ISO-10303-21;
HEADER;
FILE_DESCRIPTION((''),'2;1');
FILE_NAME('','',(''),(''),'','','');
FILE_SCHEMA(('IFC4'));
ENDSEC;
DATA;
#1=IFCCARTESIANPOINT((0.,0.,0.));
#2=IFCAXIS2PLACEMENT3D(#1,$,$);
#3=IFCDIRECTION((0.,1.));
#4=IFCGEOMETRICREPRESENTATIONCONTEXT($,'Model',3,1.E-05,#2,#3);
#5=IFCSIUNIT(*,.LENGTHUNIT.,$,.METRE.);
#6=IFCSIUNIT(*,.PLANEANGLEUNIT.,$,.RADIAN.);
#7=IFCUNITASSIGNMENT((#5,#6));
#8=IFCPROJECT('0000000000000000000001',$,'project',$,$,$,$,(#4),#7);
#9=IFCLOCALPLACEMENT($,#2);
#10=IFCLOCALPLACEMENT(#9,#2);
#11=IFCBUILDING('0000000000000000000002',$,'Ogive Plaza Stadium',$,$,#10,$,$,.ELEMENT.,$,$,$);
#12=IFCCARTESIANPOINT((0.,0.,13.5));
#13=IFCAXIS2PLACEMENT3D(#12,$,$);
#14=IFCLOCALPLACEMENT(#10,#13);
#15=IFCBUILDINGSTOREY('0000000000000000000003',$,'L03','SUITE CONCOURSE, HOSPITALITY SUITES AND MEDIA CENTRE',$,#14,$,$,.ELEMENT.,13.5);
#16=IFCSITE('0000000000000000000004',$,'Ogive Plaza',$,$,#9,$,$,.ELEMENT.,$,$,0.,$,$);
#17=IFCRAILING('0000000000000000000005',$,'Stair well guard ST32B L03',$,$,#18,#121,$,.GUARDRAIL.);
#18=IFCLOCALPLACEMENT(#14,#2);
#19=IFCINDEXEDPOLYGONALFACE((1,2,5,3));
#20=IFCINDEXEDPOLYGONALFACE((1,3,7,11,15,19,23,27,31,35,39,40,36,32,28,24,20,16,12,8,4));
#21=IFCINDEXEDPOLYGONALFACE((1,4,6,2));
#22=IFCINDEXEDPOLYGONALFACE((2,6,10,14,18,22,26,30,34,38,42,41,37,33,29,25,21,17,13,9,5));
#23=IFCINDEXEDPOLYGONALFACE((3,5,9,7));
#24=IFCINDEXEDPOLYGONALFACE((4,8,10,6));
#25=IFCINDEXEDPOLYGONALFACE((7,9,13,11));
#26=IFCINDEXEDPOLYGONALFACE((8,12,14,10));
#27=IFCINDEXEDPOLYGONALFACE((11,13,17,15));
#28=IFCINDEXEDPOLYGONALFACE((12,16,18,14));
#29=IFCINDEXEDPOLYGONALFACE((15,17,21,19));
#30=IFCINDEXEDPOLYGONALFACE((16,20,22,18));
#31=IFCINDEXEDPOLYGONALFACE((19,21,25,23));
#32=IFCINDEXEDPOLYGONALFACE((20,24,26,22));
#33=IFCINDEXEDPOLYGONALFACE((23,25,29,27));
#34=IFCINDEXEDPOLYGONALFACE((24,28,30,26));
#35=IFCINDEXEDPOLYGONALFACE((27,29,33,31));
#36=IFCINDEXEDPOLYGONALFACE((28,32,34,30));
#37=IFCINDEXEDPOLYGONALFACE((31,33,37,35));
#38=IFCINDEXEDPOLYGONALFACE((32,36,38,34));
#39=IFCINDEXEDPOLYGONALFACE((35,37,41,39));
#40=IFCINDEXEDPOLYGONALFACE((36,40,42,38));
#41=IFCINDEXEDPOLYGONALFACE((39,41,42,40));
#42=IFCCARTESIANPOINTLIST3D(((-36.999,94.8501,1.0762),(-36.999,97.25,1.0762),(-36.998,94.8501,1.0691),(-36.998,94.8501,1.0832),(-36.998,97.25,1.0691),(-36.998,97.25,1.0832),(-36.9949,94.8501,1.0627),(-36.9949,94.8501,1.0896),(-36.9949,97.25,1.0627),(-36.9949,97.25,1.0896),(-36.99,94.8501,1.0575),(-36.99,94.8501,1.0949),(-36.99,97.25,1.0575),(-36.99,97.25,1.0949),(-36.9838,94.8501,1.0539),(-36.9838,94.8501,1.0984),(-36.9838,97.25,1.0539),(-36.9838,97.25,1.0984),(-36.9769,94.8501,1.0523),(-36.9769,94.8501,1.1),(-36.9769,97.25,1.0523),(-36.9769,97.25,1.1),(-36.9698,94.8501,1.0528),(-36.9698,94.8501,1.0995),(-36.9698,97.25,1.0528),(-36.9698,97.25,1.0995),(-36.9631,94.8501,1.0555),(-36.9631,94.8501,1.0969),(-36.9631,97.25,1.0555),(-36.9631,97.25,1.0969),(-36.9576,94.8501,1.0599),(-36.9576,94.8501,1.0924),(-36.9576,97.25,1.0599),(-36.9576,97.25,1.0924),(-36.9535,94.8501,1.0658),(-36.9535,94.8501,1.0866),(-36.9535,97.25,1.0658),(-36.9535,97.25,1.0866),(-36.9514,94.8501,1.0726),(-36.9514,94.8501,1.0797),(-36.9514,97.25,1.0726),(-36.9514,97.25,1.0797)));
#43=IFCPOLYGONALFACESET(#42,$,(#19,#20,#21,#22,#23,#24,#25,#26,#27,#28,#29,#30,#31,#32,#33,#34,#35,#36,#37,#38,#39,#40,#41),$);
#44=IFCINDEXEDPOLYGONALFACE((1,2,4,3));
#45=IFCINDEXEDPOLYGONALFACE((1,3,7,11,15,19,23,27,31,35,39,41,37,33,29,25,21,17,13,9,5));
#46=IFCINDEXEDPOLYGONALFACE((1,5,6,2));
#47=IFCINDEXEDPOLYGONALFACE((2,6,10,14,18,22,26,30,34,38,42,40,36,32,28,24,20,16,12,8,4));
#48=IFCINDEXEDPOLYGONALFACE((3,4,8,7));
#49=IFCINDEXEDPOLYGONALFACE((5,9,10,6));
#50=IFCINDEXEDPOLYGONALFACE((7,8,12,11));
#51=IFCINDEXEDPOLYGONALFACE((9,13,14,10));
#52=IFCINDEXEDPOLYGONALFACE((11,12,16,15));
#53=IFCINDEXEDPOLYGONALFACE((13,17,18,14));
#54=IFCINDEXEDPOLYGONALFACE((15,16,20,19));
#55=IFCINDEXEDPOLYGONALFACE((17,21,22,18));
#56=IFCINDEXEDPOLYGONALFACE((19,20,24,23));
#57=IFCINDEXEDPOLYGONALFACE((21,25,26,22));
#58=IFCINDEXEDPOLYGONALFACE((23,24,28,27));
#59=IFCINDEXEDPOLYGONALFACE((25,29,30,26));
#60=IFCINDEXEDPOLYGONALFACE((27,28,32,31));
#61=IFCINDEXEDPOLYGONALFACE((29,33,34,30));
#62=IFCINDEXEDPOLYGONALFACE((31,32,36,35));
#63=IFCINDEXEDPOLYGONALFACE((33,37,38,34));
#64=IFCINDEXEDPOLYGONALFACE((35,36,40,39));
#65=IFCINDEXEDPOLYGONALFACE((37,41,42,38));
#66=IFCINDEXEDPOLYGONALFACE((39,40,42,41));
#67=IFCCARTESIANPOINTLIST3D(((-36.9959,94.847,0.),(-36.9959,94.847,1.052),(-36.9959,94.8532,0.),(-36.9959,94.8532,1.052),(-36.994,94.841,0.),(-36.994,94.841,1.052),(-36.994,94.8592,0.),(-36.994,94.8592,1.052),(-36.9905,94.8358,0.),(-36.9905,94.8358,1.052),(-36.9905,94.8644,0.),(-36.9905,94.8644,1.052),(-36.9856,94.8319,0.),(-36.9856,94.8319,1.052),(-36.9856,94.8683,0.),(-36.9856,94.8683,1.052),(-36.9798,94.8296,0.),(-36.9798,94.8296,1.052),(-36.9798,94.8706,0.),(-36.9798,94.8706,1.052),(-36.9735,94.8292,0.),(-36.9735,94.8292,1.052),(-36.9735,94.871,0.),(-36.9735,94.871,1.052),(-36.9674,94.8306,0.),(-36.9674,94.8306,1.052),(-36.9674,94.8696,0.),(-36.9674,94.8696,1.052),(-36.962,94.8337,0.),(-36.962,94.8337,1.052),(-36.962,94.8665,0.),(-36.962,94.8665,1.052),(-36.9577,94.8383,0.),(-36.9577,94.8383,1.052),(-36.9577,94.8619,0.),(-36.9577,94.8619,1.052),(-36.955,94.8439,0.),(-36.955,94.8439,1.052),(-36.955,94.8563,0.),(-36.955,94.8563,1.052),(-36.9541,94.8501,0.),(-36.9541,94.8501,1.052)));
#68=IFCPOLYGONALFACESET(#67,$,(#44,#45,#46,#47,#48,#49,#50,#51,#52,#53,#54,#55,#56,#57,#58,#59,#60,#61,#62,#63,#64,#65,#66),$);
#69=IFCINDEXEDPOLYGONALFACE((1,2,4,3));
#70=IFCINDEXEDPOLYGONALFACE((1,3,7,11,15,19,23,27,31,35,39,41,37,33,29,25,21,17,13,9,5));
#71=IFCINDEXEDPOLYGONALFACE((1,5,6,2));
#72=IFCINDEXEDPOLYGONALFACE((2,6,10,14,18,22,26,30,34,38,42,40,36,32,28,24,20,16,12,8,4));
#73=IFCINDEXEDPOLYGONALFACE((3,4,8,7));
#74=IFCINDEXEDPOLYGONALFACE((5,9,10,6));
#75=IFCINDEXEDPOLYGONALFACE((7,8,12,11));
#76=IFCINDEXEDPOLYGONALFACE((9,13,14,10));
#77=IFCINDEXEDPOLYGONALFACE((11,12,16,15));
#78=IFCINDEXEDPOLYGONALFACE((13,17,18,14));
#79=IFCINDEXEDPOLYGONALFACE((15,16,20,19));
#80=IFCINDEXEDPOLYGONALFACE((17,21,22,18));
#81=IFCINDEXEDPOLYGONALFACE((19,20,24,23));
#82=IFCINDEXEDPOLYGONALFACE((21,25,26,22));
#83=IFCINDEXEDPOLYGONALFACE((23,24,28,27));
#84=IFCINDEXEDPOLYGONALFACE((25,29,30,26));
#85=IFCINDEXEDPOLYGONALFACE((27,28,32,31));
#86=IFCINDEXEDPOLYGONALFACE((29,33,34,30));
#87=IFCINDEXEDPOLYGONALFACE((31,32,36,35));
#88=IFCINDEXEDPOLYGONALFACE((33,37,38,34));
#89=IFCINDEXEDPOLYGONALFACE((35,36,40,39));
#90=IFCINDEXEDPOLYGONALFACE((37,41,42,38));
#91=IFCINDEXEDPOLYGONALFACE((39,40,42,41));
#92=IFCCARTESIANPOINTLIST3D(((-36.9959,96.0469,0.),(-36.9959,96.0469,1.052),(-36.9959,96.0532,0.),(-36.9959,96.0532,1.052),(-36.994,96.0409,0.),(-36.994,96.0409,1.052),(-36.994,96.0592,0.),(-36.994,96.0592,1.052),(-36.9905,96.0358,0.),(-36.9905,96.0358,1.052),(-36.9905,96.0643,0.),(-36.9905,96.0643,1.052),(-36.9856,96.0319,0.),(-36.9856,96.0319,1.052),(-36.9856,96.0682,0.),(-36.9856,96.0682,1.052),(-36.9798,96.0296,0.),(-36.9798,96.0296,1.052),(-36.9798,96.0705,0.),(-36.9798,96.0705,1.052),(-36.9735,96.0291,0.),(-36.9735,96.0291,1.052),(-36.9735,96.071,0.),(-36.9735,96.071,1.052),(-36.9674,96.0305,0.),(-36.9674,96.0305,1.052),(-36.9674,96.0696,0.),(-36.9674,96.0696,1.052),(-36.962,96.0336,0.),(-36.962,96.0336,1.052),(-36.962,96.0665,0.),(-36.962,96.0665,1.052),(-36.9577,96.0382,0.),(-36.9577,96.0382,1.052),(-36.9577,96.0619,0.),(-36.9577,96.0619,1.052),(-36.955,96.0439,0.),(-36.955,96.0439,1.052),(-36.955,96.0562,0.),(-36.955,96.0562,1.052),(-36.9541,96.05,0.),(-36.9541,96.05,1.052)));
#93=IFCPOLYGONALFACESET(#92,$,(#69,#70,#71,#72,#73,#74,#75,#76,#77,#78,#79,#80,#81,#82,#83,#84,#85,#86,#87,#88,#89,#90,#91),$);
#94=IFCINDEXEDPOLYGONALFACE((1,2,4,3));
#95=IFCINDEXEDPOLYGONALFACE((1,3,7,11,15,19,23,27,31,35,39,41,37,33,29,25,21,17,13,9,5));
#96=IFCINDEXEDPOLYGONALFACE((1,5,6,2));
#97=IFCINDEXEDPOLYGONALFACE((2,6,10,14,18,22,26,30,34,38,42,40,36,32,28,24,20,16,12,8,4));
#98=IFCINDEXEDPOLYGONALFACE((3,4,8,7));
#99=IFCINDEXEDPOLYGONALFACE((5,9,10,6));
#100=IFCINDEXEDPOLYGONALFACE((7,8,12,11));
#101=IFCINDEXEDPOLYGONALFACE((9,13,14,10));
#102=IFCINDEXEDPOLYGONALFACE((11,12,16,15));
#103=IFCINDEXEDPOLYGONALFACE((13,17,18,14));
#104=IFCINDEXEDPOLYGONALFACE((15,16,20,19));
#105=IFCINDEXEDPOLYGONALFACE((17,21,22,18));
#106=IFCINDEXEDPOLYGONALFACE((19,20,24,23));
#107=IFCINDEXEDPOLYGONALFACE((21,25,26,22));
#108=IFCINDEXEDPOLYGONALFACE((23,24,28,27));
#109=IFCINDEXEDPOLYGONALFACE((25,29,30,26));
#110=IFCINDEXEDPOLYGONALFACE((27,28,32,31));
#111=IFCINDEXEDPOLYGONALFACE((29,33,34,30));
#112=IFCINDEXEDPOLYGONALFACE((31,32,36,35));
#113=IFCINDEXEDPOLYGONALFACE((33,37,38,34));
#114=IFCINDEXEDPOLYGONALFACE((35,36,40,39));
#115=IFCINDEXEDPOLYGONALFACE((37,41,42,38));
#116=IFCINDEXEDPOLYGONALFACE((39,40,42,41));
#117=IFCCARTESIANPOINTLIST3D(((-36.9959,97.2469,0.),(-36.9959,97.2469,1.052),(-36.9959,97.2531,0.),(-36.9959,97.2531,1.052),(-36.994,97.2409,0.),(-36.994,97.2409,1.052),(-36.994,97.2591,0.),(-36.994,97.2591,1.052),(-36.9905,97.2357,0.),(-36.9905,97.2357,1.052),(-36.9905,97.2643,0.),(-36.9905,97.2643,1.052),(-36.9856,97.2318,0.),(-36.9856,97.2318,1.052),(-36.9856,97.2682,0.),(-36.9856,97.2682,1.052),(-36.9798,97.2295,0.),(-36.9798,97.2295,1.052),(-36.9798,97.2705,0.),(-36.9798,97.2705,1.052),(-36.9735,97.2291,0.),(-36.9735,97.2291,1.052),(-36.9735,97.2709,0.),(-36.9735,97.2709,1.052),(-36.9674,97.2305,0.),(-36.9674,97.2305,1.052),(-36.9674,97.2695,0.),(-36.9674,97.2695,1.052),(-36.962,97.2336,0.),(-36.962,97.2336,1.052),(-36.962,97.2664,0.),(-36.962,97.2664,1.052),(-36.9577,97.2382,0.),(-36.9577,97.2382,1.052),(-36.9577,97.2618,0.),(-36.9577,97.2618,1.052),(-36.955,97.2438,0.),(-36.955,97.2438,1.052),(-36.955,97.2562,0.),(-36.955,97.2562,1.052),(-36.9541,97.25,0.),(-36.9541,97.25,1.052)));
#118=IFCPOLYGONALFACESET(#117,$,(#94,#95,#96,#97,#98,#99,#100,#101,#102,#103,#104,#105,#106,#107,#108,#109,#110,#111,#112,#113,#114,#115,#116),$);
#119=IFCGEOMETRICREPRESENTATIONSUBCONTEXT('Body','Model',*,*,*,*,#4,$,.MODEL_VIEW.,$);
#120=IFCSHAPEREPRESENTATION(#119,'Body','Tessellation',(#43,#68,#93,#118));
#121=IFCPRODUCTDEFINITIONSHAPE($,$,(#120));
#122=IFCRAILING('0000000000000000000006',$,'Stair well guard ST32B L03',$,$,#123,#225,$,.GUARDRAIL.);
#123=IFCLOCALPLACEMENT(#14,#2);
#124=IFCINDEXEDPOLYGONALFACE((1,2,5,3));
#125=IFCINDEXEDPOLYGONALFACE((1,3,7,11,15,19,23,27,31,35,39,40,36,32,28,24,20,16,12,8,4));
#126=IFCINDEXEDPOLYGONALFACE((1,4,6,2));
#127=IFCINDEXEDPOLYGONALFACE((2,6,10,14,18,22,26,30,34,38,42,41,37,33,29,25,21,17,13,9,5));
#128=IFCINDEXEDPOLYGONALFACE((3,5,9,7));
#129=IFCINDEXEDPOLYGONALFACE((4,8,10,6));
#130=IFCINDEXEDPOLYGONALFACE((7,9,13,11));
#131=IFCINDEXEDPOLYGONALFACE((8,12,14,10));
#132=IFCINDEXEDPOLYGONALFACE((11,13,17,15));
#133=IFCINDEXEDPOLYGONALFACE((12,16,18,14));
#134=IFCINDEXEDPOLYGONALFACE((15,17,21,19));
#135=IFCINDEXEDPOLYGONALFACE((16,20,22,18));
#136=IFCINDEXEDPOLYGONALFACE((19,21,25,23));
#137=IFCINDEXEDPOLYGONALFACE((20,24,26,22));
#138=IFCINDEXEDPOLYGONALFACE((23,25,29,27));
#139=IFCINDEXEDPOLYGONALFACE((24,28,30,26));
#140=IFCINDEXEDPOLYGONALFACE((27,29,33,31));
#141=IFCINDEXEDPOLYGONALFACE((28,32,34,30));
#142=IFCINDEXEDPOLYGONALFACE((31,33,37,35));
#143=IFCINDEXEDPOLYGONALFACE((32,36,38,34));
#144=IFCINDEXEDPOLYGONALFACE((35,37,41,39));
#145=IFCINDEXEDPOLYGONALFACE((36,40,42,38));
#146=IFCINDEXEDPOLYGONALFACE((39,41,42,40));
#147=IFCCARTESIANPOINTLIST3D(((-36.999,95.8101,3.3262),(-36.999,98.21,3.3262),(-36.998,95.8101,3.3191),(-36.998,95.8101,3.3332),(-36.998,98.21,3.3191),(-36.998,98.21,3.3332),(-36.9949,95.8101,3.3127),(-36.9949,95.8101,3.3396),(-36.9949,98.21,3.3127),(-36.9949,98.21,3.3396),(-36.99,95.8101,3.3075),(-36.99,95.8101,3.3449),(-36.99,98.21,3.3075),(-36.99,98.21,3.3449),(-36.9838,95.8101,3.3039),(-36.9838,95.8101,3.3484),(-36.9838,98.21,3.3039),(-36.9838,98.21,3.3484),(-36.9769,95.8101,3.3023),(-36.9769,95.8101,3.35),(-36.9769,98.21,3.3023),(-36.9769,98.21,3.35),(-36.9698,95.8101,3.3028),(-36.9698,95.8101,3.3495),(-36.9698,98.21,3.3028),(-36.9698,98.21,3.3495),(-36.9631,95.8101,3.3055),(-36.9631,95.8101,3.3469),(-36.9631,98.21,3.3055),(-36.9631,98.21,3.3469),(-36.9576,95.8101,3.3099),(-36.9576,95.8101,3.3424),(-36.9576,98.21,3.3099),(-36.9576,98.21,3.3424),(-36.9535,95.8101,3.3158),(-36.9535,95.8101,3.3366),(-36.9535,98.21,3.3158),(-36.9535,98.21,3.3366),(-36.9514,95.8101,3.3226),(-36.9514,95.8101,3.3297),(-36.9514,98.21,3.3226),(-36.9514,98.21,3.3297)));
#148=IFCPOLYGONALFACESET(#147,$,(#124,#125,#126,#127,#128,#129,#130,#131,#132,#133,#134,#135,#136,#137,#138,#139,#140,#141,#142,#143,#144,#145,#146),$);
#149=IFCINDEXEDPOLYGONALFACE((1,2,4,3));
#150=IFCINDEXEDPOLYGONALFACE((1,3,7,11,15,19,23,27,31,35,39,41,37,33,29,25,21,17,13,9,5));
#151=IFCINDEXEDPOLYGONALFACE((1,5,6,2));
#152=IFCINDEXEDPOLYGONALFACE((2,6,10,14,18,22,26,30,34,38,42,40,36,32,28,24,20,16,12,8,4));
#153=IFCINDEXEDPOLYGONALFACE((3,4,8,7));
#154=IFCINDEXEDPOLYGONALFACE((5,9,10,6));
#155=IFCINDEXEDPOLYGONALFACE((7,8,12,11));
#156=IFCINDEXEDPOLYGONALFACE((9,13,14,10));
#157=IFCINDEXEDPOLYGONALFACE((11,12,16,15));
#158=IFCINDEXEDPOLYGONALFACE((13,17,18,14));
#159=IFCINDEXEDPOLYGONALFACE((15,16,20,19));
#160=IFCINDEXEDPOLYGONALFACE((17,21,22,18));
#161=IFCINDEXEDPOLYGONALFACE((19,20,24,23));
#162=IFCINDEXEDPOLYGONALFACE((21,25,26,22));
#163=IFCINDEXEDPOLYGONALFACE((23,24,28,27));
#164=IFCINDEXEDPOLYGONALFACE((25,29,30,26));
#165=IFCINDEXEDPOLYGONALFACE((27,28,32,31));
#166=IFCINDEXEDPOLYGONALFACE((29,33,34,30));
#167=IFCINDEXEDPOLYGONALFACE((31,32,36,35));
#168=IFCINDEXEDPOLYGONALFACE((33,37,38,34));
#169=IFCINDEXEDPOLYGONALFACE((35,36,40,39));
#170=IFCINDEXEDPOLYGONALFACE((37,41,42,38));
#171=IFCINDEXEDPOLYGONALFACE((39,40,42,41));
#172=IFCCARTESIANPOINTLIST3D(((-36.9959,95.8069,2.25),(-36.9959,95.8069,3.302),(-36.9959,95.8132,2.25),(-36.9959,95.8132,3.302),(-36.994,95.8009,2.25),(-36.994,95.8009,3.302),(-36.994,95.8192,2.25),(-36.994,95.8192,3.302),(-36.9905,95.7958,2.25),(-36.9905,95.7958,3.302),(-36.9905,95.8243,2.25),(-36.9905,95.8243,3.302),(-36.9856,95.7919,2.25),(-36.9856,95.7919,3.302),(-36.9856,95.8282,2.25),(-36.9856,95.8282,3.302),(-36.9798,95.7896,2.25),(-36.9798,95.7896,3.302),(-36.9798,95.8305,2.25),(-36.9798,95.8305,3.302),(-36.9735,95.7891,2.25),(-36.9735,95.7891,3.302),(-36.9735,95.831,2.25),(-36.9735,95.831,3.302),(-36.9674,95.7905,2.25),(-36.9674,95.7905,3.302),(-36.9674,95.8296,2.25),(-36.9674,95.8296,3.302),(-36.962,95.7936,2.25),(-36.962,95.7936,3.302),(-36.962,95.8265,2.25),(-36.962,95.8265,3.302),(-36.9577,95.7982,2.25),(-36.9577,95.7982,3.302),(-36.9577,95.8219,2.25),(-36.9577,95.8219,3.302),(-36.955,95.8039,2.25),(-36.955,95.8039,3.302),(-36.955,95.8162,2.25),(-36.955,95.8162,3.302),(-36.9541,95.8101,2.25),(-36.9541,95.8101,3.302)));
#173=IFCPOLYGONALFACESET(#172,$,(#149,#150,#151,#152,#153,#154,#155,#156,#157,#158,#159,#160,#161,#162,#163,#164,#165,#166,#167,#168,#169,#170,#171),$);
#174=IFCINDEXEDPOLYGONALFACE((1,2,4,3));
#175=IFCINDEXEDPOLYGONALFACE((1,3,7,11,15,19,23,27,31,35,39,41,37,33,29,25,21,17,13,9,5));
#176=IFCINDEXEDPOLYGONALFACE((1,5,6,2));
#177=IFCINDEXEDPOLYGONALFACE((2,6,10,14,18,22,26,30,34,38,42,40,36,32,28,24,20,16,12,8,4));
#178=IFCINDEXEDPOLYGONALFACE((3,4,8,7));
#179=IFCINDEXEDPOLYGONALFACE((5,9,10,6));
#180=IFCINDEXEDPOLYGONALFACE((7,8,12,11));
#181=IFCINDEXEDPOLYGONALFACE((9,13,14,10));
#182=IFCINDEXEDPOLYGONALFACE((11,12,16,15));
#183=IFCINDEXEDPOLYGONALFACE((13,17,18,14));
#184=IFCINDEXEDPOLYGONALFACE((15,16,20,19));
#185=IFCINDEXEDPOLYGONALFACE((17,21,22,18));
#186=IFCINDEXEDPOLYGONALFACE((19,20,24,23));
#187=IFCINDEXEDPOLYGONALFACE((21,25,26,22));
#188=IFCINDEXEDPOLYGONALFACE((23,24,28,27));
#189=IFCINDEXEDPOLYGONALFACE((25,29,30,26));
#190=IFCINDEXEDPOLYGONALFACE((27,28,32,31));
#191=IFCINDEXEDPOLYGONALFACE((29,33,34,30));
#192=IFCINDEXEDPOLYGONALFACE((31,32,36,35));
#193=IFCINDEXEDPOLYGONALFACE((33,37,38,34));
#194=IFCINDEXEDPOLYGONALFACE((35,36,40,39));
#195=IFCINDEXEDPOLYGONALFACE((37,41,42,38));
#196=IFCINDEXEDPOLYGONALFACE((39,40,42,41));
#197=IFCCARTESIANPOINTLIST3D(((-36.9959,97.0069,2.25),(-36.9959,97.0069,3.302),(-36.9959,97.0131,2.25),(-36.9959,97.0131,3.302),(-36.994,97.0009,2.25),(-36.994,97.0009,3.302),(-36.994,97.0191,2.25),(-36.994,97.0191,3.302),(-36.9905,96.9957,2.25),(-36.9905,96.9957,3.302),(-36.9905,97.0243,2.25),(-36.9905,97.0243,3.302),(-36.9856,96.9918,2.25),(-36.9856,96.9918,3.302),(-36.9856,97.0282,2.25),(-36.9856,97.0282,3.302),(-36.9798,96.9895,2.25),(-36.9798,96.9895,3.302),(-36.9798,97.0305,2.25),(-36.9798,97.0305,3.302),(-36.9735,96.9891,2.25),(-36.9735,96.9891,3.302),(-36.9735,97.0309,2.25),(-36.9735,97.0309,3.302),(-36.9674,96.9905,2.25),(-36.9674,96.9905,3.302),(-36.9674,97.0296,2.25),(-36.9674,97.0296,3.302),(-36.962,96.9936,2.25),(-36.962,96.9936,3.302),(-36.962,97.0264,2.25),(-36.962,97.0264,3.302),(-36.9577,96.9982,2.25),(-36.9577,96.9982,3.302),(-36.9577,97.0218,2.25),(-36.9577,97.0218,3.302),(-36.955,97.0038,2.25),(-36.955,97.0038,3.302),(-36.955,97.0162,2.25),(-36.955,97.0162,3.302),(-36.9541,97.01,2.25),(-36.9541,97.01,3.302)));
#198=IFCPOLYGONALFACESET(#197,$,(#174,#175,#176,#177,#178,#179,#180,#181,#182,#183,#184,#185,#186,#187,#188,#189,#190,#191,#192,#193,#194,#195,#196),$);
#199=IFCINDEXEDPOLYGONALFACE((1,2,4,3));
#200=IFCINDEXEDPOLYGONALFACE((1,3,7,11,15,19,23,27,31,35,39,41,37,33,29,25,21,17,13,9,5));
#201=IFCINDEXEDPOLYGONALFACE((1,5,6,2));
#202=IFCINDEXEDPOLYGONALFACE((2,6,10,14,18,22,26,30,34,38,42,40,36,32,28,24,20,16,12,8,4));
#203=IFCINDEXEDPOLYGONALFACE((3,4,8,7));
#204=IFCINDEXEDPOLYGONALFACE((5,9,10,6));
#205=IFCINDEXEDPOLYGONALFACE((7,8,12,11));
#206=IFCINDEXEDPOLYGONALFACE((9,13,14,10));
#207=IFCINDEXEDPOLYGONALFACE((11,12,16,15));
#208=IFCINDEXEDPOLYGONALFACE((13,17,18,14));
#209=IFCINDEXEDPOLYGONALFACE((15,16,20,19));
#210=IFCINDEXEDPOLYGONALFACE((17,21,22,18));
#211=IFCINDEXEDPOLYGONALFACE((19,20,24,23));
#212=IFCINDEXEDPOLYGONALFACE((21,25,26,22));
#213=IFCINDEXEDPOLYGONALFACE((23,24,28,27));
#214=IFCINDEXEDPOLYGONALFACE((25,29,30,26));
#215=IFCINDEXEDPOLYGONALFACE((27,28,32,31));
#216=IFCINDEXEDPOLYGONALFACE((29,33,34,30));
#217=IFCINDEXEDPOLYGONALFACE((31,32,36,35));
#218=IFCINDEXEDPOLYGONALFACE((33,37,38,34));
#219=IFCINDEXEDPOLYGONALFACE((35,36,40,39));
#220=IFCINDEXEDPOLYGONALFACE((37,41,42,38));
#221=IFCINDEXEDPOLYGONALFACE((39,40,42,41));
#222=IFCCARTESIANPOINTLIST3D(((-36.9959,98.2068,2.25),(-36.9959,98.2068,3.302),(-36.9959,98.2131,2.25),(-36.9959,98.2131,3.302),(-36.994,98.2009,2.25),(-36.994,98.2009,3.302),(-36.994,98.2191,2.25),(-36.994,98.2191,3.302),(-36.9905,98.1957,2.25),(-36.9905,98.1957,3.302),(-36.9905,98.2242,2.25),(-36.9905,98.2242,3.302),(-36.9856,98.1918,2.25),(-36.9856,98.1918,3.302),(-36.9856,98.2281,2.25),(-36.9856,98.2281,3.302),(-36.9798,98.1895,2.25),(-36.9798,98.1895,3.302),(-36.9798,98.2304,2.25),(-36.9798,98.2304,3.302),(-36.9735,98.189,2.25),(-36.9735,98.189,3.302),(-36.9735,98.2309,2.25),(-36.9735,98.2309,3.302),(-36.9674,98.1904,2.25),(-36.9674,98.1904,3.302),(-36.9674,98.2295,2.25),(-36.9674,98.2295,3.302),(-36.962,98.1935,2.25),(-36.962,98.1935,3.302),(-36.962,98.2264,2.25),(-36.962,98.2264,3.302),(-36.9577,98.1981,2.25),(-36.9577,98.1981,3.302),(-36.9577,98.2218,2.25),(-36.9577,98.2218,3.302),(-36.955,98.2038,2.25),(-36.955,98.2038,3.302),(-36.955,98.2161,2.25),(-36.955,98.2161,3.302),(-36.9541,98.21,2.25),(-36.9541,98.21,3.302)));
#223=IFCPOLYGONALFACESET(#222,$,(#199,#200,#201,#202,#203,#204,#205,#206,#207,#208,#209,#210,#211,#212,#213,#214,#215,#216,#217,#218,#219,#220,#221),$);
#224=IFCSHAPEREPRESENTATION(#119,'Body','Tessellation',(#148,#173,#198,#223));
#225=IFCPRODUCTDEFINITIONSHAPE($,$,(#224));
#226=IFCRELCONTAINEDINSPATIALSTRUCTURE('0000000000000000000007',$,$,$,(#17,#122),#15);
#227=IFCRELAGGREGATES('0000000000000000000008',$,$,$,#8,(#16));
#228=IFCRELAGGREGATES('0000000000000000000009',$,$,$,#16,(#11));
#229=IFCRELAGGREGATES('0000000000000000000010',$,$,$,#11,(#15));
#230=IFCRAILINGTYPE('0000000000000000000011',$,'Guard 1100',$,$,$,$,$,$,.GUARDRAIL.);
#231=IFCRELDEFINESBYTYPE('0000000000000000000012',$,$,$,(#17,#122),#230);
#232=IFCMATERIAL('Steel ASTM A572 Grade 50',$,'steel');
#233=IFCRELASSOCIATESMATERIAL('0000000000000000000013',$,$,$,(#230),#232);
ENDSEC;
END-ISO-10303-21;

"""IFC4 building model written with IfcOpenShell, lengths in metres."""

from ifc_helpers import new_model, si_unit, direction, frame, origin, origin_2d, place, context, subcontext, project, spatial, circle, extrude, material, type_object, element, save


model = new_model("IFC4")

# Units and contexts
model_context = context("Model", 3, precision=1e-05, world=origin(), true_north=direction((0.0, 1.0)))
body_context = subcontext(model_context, "Body", "Model", "MODEL_VIEW")
ifc_project = project(units=[si_unit("LENGTHUNIT", "METRE"), si_unit("PLANEANGLEUNIT", "RADIAN")], contexts=[model_context])

# Site, building, storey
site_placement = place(None, origin())
site = spatial("IfcSite", under=ifc_project, at=site_placement, Name="Ogive Plaza", CompositionType="ELEMENT", RefElevation=0.0)
building_placement = place(site_placement, origin())
building = spatial("IfcBuilding", under=site, at=building_placement, Name="Ogive Plaza Stadium", CompositionType="ELEMENT")
storey_placement = place(building_placement, frame((0.0, 0.0, 13.5)))
storey = spatial("IfcBuildingStorey", under=building, at=storey_placement, Name="L03", Description="SUITE CONCOURSE, HOSPITALITY SUITES AND MEDIA CENTRE", CompositionType="ELEMENT", Elevation=13.5)

# Railings
ifc_material_1 = material(Name="Steel ASTM A572 Grade 50", Category="steel")
railing_type_1 = type_object("IfcRailingType", Name="Guard 1100", PredefinedType="GUARDRAIL", material=ifc_material_1)
for number, where, name in (
    (1, (-36.9751, 94.8501, 0.0), "Stair well guard ST32B L03"),
    (2, (-36.9751, 95.8101, 2.25), "Stair well guard ST32B L03"),
):
    element("IfcRailing", number, at=place(storey_placement, frame(where)), inside=storey, type_object=railing_type_1, Name=name, PredefinedType="GUARDRAIL", context=body_context, shape_type="SweptSolid", body=[
        extrude(circle(Radius=0.0239, at=origin_2d()), frame((0.0, 0.0, 1.0762), z_axis=(0.0, 1.0, 0.0), x_axis=(-1.0, 0.0, 0.0)), (0.0, 0.0, 1.0), 2.3999),
        extrude(circle(Radius=0.021, at=origin_2d()), origin(), (0.0, 0.0, 1.0), 1.052),
        extrude(circle(Radius=0.021, at=origin_2d()), frame((0.0, 1.2, 0.0)), (0.0, 0.0, 1.0), 1.052),
        extrude(circle(Radius=0.021, at=origin_2d()), frame((0.0, 2.3999, 0.0)), (0.0, 0.0, 1.0), 1.052),
    ])

save(model, "model.ifc")
